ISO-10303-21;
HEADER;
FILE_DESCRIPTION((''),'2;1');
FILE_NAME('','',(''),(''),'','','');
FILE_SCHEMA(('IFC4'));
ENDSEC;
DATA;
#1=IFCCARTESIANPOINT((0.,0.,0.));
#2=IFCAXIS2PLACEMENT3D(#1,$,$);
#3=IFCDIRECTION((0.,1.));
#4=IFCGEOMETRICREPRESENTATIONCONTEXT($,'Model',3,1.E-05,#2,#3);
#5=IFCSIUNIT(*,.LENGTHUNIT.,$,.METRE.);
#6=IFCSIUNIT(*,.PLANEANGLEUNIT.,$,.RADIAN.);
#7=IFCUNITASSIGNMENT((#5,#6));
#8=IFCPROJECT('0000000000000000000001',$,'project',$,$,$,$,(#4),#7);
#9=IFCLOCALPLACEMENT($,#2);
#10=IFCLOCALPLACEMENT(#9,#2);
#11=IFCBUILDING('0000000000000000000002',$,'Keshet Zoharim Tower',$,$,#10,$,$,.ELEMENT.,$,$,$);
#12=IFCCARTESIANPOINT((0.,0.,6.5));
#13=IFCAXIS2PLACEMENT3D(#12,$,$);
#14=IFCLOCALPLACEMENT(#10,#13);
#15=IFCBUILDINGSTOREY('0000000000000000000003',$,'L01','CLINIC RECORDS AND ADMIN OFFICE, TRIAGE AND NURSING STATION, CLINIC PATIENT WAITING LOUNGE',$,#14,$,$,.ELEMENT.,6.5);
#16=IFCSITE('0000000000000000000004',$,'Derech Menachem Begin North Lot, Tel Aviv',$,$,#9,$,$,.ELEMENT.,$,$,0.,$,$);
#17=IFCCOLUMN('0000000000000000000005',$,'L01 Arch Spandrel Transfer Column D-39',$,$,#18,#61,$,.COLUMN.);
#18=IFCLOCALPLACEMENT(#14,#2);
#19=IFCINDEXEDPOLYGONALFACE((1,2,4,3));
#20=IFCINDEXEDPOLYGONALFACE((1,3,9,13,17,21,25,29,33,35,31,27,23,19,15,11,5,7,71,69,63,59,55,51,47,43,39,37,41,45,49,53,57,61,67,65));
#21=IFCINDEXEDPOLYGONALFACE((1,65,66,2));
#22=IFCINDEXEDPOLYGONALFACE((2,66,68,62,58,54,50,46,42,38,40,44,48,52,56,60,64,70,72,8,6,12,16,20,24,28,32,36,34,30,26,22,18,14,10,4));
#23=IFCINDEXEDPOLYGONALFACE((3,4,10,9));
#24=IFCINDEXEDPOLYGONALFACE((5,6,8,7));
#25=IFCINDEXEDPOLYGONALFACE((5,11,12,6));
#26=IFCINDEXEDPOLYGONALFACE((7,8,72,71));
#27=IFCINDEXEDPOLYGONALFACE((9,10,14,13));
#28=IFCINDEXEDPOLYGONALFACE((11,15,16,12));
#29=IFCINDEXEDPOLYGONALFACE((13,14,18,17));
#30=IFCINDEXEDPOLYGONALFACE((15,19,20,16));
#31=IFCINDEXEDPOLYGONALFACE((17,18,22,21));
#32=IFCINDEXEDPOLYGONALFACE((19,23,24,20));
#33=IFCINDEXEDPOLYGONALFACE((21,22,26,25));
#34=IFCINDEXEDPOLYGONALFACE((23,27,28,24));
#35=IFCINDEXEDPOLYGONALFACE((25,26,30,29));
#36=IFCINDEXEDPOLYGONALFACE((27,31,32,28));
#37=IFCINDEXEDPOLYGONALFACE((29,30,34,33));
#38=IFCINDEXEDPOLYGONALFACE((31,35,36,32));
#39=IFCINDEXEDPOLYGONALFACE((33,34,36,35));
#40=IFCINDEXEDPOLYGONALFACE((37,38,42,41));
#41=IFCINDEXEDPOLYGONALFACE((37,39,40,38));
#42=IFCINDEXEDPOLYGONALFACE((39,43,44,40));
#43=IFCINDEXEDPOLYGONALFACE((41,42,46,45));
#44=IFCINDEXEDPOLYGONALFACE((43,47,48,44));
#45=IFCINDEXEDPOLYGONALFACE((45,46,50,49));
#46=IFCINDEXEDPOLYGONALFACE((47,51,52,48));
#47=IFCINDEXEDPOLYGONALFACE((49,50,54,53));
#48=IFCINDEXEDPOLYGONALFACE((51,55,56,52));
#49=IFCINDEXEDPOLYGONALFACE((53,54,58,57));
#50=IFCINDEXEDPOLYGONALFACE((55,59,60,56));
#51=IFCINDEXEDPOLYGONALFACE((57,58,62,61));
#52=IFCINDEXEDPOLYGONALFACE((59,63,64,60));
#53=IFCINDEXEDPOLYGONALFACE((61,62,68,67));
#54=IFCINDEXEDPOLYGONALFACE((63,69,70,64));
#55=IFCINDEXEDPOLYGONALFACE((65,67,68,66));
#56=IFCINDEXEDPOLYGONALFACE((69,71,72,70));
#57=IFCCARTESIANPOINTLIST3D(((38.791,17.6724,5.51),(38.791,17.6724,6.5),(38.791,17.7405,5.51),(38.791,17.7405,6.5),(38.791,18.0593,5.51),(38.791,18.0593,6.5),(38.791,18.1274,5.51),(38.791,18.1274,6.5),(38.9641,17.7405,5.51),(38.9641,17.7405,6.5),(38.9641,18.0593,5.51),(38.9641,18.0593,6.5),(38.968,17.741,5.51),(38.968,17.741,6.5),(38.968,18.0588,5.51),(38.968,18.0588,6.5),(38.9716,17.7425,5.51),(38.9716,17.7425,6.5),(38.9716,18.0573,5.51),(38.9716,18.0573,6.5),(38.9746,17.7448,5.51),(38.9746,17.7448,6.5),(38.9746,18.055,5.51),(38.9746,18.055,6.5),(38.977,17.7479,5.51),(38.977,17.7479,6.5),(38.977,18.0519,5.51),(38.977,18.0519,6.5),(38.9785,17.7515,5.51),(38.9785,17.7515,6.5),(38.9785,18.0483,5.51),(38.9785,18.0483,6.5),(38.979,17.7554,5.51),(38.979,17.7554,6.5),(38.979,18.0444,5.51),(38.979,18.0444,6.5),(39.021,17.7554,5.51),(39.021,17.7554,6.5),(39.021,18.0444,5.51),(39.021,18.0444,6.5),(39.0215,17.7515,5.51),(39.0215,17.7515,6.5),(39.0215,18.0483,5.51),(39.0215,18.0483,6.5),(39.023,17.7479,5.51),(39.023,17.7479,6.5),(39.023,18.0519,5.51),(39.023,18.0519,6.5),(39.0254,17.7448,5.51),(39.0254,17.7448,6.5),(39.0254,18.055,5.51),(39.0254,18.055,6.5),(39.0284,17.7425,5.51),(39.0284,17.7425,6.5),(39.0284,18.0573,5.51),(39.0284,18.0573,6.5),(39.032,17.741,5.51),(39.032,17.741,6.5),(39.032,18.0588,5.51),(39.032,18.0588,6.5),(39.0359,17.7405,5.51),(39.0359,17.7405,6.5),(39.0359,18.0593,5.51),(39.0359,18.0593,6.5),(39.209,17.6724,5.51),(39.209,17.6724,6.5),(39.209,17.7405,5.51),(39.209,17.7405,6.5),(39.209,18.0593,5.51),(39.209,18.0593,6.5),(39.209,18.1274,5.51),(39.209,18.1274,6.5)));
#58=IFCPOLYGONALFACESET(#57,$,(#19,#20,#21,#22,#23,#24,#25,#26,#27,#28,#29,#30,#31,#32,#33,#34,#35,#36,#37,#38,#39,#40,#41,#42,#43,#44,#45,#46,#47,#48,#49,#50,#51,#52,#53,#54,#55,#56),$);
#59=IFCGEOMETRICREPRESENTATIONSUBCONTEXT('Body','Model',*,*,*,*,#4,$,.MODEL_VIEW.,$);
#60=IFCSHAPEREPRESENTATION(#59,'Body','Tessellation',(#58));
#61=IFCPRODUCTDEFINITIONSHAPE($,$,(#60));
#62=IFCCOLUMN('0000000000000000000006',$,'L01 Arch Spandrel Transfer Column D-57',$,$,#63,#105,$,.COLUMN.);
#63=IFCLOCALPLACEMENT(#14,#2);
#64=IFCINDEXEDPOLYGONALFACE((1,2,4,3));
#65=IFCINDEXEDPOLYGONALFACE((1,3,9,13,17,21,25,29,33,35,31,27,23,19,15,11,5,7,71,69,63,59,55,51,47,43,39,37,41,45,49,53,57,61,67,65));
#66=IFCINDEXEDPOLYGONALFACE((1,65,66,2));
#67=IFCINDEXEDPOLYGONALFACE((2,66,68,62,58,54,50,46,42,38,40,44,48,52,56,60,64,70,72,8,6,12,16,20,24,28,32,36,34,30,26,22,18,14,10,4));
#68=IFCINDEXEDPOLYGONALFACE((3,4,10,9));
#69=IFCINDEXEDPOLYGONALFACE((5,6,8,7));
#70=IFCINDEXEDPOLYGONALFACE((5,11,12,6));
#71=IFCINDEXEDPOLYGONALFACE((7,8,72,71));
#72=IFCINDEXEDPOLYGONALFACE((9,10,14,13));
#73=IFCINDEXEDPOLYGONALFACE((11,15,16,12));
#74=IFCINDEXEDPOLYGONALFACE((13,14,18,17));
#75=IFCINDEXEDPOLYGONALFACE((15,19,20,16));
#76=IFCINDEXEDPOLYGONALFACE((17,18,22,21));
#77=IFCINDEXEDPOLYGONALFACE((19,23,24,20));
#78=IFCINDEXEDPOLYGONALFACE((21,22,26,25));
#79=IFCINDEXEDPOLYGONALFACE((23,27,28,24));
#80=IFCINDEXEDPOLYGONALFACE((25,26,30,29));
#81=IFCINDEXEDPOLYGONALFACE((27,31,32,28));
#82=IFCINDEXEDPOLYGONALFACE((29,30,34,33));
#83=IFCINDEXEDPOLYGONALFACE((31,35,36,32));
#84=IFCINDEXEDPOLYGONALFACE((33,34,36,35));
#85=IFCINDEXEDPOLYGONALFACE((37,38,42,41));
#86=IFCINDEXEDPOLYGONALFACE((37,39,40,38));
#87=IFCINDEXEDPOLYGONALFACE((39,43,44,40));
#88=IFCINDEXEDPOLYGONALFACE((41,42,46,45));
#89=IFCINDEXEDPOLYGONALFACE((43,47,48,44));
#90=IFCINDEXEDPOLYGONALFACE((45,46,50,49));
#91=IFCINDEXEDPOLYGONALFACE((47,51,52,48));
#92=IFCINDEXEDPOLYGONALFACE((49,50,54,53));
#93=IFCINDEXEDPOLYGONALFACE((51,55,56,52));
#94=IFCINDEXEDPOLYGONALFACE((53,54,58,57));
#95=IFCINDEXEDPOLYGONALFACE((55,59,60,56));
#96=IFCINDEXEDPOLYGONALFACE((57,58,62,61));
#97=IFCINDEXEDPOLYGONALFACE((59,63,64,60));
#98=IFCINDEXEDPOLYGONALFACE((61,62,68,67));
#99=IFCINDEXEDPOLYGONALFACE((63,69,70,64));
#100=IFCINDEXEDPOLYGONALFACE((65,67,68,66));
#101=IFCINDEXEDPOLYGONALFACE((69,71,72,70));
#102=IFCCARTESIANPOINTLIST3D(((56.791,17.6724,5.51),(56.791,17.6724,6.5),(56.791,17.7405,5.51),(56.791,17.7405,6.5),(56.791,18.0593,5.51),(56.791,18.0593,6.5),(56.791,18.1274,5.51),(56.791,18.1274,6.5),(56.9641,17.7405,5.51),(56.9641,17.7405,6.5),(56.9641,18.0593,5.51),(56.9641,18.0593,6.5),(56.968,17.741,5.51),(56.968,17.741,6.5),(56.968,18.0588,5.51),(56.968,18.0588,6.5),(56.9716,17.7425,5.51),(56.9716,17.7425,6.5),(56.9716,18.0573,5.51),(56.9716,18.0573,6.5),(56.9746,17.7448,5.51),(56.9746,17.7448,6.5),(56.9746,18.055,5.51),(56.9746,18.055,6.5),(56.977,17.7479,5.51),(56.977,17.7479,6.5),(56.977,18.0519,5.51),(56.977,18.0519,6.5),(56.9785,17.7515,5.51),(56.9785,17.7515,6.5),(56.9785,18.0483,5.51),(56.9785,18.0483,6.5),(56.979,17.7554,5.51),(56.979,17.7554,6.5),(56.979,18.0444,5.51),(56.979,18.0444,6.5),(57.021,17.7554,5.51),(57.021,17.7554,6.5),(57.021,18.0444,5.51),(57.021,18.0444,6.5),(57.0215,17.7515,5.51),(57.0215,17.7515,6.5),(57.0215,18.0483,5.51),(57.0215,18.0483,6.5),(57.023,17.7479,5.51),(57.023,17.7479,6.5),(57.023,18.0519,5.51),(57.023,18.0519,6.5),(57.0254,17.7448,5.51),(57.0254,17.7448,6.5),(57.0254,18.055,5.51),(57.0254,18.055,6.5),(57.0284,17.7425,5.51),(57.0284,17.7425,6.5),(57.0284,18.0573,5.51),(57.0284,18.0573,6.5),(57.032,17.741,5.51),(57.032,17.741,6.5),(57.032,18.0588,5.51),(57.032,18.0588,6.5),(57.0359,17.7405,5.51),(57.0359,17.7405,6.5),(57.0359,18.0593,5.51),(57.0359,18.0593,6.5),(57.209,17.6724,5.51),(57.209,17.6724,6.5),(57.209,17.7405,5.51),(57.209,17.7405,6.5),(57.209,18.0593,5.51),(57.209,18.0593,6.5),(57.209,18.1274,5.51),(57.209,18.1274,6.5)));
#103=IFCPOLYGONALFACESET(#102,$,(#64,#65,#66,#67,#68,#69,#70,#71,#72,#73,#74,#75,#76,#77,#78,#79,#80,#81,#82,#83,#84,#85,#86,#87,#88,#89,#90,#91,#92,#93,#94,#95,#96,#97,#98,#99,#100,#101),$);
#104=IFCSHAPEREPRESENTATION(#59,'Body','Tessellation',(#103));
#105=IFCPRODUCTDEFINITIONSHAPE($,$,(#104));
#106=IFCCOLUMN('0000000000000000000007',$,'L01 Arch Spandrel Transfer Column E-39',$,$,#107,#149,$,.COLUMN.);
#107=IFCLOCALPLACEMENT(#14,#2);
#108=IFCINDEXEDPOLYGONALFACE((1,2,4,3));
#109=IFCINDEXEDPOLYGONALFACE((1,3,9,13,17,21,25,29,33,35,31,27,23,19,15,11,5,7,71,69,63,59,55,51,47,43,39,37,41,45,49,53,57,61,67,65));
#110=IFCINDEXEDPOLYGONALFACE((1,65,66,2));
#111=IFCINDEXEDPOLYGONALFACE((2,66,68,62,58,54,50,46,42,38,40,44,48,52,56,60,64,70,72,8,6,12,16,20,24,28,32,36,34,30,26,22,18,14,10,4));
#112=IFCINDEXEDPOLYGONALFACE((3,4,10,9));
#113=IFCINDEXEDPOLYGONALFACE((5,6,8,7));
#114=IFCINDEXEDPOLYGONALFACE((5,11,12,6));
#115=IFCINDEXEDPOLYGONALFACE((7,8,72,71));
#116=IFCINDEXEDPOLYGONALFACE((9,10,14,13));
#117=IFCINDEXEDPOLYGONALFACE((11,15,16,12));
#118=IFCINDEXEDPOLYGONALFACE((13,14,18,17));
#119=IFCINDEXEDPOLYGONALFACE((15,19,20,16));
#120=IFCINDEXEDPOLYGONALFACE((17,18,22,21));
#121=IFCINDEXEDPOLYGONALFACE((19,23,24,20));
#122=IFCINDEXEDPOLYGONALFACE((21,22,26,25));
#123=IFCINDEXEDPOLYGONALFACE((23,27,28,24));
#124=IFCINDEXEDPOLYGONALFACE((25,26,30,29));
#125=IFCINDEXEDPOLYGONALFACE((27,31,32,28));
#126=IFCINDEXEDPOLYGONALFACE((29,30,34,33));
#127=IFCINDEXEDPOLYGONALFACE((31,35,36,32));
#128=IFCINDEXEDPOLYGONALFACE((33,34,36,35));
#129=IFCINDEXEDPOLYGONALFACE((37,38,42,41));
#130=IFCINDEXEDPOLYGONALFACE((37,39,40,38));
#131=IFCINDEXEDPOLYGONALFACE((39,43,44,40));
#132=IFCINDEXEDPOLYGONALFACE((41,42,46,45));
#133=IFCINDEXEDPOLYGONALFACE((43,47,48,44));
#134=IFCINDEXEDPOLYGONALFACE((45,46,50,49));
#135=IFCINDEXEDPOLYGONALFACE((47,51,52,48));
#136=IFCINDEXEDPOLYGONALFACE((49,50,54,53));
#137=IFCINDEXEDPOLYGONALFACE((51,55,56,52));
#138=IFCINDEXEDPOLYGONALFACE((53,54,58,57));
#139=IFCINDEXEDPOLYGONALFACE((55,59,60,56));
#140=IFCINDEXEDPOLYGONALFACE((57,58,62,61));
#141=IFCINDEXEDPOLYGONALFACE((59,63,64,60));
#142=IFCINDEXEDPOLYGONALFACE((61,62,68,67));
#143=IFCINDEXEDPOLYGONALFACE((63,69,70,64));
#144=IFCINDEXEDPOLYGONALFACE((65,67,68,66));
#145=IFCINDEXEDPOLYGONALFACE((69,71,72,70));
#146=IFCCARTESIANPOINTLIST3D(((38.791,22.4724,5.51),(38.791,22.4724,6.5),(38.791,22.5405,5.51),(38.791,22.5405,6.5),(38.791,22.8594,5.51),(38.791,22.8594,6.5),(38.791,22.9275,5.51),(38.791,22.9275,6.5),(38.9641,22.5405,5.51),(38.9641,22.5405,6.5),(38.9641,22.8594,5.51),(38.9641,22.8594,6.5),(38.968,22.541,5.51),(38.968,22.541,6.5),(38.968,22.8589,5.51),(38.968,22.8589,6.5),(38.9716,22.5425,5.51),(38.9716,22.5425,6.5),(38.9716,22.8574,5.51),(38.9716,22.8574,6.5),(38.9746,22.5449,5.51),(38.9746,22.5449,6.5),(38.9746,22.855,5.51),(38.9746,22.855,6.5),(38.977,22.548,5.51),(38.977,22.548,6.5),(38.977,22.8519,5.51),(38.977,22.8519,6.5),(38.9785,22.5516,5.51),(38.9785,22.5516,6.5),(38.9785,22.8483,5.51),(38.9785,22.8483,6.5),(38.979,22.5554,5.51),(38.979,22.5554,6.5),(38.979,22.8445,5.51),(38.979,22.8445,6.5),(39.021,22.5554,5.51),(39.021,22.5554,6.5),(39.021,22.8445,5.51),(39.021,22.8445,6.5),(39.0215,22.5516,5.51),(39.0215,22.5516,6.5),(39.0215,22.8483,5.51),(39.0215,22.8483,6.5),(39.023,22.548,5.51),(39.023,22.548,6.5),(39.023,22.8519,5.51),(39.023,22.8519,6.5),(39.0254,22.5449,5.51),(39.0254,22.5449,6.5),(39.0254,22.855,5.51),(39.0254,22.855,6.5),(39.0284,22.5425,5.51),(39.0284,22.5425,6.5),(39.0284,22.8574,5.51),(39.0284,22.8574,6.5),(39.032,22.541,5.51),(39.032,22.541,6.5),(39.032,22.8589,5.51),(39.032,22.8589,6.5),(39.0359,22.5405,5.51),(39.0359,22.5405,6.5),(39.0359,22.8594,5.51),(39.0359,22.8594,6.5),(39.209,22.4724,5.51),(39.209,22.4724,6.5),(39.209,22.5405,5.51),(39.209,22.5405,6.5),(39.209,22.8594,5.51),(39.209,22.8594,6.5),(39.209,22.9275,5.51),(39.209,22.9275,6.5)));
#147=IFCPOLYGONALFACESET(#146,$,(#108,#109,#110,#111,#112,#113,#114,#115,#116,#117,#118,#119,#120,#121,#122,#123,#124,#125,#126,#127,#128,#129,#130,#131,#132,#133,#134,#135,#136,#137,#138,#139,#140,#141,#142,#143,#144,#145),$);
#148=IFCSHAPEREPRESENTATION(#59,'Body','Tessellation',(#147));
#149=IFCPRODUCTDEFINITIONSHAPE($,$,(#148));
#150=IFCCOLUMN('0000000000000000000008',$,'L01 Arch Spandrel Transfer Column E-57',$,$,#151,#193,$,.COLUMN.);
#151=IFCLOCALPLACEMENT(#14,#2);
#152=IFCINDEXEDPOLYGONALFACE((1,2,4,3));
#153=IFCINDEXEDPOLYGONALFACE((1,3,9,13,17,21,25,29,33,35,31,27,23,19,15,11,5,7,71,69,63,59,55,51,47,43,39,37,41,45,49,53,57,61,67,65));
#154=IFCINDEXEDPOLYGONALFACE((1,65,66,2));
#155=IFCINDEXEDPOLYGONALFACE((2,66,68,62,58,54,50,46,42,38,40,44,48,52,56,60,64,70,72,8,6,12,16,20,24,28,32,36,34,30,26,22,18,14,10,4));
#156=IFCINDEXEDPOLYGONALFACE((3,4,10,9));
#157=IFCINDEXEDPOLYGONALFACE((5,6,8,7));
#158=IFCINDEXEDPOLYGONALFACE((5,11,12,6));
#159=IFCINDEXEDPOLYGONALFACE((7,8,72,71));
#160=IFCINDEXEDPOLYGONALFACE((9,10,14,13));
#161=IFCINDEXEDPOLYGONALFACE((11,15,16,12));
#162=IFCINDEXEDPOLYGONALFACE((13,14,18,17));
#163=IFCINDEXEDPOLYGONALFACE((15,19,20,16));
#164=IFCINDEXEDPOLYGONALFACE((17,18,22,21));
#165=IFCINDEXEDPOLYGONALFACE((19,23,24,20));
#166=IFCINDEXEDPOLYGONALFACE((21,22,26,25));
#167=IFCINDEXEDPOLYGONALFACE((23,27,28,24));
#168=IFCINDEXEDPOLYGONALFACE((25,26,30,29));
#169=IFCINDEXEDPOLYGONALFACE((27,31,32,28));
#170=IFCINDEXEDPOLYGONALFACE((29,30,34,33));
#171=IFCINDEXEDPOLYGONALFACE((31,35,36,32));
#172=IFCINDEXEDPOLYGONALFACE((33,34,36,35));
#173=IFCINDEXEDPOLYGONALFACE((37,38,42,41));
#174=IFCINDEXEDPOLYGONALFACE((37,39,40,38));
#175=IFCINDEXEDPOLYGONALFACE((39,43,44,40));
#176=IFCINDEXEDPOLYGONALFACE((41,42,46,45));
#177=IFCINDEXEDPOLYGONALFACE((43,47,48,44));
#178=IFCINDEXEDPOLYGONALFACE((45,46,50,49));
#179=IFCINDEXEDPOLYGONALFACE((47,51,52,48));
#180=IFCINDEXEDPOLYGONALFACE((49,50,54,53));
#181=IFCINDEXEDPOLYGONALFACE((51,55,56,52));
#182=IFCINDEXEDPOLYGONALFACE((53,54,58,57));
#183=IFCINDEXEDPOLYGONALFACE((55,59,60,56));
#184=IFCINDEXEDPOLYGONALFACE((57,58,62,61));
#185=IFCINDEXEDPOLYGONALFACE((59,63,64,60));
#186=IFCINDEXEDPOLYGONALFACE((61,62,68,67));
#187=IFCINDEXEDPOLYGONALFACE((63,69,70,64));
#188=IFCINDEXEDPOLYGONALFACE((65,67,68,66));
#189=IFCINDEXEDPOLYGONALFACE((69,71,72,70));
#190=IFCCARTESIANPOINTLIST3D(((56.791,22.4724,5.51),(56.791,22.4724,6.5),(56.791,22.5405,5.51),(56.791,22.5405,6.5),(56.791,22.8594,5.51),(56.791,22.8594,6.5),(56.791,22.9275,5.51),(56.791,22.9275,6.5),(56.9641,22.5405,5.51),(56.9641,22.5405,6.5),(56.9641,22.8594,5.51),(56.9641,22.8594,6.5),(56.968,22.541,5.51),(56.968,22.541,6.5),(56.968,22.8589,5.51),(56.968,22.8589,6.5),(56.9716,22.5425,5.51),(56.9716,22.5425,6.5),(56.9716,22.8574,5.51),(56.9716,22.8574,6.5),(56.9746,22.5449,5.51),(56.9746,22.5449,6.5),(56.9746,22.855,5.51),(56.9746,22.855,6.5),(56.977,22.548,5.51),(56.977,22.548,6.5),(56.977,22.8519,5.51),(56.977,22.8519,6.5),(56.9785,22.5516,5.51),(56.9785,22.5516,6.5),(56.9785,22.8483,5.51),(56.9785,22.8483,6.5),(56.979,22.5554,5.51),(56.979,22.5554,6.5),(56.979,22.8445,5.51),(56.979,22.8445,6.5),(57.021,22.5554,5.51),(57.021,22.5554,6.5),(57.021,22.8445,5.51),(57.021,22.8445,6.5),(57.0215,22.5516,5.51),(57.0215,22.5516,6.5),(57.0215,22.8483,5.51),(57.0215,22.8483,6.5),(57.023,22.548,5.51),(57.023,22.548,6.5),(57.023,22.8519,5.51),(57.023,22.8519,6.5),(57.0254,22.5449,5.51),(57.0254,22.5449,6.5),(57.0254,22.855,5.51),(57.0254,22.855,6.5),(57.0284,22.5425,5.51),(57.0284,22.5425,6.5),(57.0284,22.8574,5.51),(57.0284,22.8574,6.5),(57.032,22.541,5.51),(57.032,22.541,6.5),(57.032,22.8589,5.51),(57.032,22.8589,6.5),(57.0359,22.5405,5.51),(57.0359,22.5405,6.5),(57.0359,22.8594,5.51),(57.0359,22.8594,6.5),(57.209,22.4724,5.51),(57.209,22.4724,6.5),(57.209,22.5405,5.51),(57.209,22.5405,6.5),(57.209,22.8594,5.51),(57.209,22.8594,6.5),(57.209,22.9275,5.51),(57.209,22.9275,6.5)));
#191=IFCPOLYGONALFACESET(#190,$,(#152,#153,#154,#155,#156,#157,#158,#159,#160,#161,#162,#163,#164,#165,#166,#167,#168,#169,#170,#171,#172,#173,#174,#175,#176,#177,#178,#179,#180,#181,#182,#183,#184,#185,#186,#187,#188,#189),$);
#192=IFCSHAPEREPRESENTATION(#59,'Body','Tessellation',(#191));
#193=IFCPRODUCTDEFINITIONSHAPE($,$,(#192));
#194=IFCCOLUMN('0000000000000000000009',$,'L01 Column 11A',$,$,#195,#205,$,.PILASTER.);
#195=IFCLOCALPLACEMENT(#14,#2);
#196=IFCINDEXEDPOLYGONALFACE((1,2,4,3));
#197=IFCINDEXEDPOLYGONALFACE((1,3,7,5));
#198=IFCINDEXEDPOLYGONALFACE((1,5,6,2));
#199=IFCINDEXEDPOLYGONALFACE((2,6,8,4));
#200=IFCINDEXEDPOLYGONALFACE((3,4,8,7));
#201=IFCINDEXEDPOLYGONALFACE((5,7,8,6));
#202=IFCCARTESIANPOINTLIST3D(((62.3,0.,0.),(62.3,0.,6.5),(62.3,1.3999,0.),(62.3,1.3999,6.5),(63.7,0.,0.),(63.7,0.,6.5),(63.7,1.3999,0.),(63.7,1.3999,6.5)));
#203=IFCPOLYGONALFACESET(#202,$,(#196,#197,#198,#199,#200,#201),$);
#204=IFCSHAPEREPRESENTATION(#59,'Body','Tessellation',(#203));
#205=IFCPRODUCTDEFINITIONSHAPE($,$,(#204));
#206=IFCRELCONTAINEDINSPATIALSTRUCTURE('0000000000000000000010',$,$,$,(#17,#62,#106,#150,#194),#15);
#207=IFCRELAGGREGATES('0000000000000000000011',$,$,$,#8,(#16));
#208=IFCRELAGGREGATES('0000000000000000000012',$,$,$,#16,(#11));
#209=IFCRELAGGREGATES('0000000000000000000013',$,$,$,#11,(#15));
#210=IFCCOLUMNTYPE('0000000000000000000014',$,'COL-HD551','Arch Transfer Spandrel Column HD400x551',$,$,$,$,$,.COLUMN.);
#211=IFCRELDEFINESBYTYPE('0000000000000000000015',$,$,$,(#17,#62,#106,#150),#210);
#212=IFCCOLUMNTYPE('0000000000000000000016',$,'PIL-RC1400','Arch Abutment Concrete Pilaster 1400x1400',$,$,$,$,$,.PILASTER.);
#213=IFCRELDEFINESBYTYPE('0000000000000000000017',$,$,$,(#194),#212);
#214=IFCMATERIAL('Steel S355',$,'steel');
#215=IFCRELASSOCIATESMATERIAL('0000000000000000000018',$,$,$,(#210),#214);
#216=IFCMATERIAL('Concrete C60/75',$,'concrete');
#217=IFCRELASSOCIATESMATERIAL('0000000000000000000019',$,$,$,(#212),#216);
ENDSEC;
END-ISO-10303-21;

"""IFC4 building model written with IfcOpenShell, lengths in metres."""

from ifc_helpers import new_model, si_unit, direction, frame, origin, origin_2d, place, context, subcontext, project, spatial, rectangle, i_section, extrude, material, material_profile, profile_set, type_object, element, save


model = new_model("IFC4")

# Units and contexts
model_context = context("Model", 3, precision=1e-05, world=origin(), true_north=direction((0.0, 1.0)))
body_context = subcontext(model_context, "Body", "Model", "MODEL_VIEW")
ifc_project = project(units=[si_unit("LENGTHUNIT", "METRE"), si_unit("PLANEANGLEUNIT", "RADIAN")], contexts=[model_context])

# Site, building, storey
site_placement = place(None, origin())
site = spatial("IfcSite", under=ifc_project, at=site_placement, Name="Derech Menachem Begin North Lot, Tel Aviv", CompositionType="ELEMENT", RefElevation=0.0)
building_placement = place(site_placement, origin())
building = spatial("IfcBuilding", under=site, at=building_placement, Name="Keshet Zoharim Tower", CompositionType="ELEMENT")
storey_placement = place(building_placement, frame((0.0, 0.0, 6.5)))
storey = spatial("IfcBuildingStorey", under=building, at=storey_placement, Name="L01", Description="CLINIC RECORDS AND ADMIN OFFICE, TRIAGE AND NURSING STATION, CLINIC PATIENT WAITING LOUNGE", CompositionType="ELEMENT", Elevation=6.5)

# Columns
ifc_material_1 = material(Name="Steel S355", Category="steel")
ifc_material_profile_1 = material_profile(ifc_material_1, i_section(OverallWidth=0.418, OverallDepth=0.4551, WebThickness=0.042, FlangeThickness=0.0681, FilletRadius=0.0149, at=origin_2d()), Name="HD400x551")
ifc_profile_set_1 = profile_set([ifc_material_profile_1], Name="Steel S355")
column_type_1 = type_object("IfcColumnType", Name="COL-HD551", Description="Arch Transfer Spandrel Column HD400x551", PredefinedType="COLUMN", material=ifc_profile_set_1)
for number, where, z_axis, x_axis, name in (
    (1, (39.0, 17.8999, 5.51), (0.0, 0.0, 1.0), (1.0, 0.0, 0.0), "L01 Arch Spandrel Transfer Column D-39"),
    (2, (57.0, 17.8999, 5.51), (0.0, 0.0, 1.0), (1.0, 0.0, 0.0), "L01 Arch Spandrel Transfer Column D-57"),
    (3, (39.0, 22.7, 5.51), (0.0, 0.0, 1.0), (1.0, 0.0, 0.0), "L01 Arch Spandrel Transfer Column E-39"),
    (4, (57.0, 22.7, 5.51), (0.0, 0.0, 1.0), (1.0, 0.0, 0.0), "L01 Arch Spandrel Transfer Column E-57"),
):
    element("IfcColumn", number, at=place(storey_placement, frame(where, z_axis=z_axis, x_axis=x_axis)), inside=storey, type_object=column_type_1, Name=name, PredefinedType="COLUMN", context=body_context, shape_type="SweptSolid", body=[
        extrude(i_section(OverallWidth=0.418, OverallDepth=0.4551, WebThickness=0.042, FlangeThickness=0.0681, FilletRadius=0.0149, at=origin_2d()), origin(), (0.0, 0.0, 1.0), 0.99),
    ])
ifc_material_2 = material(Name="Concrete C60/75", Category="concrete")
ifc_material_profile_2 = material_profile(ifc_material_2, rectangle(XDim=1.3999, YDim=1.3999, at=origin_2d()), Name="RC1400x1400")
ifc_profile_set_2 = profile_set([ifc_material_profile_2], Name="Concrete C60/75")
column_type_2 = type_object("IfcColumnType", Name="PIL-RC1400", Description="Arch Abutment Concrete Pilaster 1400x1400", PredefinedType="PILASTER", material=ifc_profile_set_2)
column_placement = place(storey_placement, frame((63.0, 0.7, 0.0), z_axis=(0.0, 0.0, 1.0), x_axis=(1.0, 0.0, 0.0)))
element("IfcColumn", 5, at=column_placement, inside=storey, type_object=column_type_2, Name="L01 Column 11A", PredefinedType="PILASTER", context=body_context, shape_type="SweptSolid", body=[
    extrude(rectangle(XDim=1.3999, YDim=1.3999, at=origin_2d()), origin(), (0.0, 0.0, 1.0), 6.5),
])

save(model, "model.ifc")
